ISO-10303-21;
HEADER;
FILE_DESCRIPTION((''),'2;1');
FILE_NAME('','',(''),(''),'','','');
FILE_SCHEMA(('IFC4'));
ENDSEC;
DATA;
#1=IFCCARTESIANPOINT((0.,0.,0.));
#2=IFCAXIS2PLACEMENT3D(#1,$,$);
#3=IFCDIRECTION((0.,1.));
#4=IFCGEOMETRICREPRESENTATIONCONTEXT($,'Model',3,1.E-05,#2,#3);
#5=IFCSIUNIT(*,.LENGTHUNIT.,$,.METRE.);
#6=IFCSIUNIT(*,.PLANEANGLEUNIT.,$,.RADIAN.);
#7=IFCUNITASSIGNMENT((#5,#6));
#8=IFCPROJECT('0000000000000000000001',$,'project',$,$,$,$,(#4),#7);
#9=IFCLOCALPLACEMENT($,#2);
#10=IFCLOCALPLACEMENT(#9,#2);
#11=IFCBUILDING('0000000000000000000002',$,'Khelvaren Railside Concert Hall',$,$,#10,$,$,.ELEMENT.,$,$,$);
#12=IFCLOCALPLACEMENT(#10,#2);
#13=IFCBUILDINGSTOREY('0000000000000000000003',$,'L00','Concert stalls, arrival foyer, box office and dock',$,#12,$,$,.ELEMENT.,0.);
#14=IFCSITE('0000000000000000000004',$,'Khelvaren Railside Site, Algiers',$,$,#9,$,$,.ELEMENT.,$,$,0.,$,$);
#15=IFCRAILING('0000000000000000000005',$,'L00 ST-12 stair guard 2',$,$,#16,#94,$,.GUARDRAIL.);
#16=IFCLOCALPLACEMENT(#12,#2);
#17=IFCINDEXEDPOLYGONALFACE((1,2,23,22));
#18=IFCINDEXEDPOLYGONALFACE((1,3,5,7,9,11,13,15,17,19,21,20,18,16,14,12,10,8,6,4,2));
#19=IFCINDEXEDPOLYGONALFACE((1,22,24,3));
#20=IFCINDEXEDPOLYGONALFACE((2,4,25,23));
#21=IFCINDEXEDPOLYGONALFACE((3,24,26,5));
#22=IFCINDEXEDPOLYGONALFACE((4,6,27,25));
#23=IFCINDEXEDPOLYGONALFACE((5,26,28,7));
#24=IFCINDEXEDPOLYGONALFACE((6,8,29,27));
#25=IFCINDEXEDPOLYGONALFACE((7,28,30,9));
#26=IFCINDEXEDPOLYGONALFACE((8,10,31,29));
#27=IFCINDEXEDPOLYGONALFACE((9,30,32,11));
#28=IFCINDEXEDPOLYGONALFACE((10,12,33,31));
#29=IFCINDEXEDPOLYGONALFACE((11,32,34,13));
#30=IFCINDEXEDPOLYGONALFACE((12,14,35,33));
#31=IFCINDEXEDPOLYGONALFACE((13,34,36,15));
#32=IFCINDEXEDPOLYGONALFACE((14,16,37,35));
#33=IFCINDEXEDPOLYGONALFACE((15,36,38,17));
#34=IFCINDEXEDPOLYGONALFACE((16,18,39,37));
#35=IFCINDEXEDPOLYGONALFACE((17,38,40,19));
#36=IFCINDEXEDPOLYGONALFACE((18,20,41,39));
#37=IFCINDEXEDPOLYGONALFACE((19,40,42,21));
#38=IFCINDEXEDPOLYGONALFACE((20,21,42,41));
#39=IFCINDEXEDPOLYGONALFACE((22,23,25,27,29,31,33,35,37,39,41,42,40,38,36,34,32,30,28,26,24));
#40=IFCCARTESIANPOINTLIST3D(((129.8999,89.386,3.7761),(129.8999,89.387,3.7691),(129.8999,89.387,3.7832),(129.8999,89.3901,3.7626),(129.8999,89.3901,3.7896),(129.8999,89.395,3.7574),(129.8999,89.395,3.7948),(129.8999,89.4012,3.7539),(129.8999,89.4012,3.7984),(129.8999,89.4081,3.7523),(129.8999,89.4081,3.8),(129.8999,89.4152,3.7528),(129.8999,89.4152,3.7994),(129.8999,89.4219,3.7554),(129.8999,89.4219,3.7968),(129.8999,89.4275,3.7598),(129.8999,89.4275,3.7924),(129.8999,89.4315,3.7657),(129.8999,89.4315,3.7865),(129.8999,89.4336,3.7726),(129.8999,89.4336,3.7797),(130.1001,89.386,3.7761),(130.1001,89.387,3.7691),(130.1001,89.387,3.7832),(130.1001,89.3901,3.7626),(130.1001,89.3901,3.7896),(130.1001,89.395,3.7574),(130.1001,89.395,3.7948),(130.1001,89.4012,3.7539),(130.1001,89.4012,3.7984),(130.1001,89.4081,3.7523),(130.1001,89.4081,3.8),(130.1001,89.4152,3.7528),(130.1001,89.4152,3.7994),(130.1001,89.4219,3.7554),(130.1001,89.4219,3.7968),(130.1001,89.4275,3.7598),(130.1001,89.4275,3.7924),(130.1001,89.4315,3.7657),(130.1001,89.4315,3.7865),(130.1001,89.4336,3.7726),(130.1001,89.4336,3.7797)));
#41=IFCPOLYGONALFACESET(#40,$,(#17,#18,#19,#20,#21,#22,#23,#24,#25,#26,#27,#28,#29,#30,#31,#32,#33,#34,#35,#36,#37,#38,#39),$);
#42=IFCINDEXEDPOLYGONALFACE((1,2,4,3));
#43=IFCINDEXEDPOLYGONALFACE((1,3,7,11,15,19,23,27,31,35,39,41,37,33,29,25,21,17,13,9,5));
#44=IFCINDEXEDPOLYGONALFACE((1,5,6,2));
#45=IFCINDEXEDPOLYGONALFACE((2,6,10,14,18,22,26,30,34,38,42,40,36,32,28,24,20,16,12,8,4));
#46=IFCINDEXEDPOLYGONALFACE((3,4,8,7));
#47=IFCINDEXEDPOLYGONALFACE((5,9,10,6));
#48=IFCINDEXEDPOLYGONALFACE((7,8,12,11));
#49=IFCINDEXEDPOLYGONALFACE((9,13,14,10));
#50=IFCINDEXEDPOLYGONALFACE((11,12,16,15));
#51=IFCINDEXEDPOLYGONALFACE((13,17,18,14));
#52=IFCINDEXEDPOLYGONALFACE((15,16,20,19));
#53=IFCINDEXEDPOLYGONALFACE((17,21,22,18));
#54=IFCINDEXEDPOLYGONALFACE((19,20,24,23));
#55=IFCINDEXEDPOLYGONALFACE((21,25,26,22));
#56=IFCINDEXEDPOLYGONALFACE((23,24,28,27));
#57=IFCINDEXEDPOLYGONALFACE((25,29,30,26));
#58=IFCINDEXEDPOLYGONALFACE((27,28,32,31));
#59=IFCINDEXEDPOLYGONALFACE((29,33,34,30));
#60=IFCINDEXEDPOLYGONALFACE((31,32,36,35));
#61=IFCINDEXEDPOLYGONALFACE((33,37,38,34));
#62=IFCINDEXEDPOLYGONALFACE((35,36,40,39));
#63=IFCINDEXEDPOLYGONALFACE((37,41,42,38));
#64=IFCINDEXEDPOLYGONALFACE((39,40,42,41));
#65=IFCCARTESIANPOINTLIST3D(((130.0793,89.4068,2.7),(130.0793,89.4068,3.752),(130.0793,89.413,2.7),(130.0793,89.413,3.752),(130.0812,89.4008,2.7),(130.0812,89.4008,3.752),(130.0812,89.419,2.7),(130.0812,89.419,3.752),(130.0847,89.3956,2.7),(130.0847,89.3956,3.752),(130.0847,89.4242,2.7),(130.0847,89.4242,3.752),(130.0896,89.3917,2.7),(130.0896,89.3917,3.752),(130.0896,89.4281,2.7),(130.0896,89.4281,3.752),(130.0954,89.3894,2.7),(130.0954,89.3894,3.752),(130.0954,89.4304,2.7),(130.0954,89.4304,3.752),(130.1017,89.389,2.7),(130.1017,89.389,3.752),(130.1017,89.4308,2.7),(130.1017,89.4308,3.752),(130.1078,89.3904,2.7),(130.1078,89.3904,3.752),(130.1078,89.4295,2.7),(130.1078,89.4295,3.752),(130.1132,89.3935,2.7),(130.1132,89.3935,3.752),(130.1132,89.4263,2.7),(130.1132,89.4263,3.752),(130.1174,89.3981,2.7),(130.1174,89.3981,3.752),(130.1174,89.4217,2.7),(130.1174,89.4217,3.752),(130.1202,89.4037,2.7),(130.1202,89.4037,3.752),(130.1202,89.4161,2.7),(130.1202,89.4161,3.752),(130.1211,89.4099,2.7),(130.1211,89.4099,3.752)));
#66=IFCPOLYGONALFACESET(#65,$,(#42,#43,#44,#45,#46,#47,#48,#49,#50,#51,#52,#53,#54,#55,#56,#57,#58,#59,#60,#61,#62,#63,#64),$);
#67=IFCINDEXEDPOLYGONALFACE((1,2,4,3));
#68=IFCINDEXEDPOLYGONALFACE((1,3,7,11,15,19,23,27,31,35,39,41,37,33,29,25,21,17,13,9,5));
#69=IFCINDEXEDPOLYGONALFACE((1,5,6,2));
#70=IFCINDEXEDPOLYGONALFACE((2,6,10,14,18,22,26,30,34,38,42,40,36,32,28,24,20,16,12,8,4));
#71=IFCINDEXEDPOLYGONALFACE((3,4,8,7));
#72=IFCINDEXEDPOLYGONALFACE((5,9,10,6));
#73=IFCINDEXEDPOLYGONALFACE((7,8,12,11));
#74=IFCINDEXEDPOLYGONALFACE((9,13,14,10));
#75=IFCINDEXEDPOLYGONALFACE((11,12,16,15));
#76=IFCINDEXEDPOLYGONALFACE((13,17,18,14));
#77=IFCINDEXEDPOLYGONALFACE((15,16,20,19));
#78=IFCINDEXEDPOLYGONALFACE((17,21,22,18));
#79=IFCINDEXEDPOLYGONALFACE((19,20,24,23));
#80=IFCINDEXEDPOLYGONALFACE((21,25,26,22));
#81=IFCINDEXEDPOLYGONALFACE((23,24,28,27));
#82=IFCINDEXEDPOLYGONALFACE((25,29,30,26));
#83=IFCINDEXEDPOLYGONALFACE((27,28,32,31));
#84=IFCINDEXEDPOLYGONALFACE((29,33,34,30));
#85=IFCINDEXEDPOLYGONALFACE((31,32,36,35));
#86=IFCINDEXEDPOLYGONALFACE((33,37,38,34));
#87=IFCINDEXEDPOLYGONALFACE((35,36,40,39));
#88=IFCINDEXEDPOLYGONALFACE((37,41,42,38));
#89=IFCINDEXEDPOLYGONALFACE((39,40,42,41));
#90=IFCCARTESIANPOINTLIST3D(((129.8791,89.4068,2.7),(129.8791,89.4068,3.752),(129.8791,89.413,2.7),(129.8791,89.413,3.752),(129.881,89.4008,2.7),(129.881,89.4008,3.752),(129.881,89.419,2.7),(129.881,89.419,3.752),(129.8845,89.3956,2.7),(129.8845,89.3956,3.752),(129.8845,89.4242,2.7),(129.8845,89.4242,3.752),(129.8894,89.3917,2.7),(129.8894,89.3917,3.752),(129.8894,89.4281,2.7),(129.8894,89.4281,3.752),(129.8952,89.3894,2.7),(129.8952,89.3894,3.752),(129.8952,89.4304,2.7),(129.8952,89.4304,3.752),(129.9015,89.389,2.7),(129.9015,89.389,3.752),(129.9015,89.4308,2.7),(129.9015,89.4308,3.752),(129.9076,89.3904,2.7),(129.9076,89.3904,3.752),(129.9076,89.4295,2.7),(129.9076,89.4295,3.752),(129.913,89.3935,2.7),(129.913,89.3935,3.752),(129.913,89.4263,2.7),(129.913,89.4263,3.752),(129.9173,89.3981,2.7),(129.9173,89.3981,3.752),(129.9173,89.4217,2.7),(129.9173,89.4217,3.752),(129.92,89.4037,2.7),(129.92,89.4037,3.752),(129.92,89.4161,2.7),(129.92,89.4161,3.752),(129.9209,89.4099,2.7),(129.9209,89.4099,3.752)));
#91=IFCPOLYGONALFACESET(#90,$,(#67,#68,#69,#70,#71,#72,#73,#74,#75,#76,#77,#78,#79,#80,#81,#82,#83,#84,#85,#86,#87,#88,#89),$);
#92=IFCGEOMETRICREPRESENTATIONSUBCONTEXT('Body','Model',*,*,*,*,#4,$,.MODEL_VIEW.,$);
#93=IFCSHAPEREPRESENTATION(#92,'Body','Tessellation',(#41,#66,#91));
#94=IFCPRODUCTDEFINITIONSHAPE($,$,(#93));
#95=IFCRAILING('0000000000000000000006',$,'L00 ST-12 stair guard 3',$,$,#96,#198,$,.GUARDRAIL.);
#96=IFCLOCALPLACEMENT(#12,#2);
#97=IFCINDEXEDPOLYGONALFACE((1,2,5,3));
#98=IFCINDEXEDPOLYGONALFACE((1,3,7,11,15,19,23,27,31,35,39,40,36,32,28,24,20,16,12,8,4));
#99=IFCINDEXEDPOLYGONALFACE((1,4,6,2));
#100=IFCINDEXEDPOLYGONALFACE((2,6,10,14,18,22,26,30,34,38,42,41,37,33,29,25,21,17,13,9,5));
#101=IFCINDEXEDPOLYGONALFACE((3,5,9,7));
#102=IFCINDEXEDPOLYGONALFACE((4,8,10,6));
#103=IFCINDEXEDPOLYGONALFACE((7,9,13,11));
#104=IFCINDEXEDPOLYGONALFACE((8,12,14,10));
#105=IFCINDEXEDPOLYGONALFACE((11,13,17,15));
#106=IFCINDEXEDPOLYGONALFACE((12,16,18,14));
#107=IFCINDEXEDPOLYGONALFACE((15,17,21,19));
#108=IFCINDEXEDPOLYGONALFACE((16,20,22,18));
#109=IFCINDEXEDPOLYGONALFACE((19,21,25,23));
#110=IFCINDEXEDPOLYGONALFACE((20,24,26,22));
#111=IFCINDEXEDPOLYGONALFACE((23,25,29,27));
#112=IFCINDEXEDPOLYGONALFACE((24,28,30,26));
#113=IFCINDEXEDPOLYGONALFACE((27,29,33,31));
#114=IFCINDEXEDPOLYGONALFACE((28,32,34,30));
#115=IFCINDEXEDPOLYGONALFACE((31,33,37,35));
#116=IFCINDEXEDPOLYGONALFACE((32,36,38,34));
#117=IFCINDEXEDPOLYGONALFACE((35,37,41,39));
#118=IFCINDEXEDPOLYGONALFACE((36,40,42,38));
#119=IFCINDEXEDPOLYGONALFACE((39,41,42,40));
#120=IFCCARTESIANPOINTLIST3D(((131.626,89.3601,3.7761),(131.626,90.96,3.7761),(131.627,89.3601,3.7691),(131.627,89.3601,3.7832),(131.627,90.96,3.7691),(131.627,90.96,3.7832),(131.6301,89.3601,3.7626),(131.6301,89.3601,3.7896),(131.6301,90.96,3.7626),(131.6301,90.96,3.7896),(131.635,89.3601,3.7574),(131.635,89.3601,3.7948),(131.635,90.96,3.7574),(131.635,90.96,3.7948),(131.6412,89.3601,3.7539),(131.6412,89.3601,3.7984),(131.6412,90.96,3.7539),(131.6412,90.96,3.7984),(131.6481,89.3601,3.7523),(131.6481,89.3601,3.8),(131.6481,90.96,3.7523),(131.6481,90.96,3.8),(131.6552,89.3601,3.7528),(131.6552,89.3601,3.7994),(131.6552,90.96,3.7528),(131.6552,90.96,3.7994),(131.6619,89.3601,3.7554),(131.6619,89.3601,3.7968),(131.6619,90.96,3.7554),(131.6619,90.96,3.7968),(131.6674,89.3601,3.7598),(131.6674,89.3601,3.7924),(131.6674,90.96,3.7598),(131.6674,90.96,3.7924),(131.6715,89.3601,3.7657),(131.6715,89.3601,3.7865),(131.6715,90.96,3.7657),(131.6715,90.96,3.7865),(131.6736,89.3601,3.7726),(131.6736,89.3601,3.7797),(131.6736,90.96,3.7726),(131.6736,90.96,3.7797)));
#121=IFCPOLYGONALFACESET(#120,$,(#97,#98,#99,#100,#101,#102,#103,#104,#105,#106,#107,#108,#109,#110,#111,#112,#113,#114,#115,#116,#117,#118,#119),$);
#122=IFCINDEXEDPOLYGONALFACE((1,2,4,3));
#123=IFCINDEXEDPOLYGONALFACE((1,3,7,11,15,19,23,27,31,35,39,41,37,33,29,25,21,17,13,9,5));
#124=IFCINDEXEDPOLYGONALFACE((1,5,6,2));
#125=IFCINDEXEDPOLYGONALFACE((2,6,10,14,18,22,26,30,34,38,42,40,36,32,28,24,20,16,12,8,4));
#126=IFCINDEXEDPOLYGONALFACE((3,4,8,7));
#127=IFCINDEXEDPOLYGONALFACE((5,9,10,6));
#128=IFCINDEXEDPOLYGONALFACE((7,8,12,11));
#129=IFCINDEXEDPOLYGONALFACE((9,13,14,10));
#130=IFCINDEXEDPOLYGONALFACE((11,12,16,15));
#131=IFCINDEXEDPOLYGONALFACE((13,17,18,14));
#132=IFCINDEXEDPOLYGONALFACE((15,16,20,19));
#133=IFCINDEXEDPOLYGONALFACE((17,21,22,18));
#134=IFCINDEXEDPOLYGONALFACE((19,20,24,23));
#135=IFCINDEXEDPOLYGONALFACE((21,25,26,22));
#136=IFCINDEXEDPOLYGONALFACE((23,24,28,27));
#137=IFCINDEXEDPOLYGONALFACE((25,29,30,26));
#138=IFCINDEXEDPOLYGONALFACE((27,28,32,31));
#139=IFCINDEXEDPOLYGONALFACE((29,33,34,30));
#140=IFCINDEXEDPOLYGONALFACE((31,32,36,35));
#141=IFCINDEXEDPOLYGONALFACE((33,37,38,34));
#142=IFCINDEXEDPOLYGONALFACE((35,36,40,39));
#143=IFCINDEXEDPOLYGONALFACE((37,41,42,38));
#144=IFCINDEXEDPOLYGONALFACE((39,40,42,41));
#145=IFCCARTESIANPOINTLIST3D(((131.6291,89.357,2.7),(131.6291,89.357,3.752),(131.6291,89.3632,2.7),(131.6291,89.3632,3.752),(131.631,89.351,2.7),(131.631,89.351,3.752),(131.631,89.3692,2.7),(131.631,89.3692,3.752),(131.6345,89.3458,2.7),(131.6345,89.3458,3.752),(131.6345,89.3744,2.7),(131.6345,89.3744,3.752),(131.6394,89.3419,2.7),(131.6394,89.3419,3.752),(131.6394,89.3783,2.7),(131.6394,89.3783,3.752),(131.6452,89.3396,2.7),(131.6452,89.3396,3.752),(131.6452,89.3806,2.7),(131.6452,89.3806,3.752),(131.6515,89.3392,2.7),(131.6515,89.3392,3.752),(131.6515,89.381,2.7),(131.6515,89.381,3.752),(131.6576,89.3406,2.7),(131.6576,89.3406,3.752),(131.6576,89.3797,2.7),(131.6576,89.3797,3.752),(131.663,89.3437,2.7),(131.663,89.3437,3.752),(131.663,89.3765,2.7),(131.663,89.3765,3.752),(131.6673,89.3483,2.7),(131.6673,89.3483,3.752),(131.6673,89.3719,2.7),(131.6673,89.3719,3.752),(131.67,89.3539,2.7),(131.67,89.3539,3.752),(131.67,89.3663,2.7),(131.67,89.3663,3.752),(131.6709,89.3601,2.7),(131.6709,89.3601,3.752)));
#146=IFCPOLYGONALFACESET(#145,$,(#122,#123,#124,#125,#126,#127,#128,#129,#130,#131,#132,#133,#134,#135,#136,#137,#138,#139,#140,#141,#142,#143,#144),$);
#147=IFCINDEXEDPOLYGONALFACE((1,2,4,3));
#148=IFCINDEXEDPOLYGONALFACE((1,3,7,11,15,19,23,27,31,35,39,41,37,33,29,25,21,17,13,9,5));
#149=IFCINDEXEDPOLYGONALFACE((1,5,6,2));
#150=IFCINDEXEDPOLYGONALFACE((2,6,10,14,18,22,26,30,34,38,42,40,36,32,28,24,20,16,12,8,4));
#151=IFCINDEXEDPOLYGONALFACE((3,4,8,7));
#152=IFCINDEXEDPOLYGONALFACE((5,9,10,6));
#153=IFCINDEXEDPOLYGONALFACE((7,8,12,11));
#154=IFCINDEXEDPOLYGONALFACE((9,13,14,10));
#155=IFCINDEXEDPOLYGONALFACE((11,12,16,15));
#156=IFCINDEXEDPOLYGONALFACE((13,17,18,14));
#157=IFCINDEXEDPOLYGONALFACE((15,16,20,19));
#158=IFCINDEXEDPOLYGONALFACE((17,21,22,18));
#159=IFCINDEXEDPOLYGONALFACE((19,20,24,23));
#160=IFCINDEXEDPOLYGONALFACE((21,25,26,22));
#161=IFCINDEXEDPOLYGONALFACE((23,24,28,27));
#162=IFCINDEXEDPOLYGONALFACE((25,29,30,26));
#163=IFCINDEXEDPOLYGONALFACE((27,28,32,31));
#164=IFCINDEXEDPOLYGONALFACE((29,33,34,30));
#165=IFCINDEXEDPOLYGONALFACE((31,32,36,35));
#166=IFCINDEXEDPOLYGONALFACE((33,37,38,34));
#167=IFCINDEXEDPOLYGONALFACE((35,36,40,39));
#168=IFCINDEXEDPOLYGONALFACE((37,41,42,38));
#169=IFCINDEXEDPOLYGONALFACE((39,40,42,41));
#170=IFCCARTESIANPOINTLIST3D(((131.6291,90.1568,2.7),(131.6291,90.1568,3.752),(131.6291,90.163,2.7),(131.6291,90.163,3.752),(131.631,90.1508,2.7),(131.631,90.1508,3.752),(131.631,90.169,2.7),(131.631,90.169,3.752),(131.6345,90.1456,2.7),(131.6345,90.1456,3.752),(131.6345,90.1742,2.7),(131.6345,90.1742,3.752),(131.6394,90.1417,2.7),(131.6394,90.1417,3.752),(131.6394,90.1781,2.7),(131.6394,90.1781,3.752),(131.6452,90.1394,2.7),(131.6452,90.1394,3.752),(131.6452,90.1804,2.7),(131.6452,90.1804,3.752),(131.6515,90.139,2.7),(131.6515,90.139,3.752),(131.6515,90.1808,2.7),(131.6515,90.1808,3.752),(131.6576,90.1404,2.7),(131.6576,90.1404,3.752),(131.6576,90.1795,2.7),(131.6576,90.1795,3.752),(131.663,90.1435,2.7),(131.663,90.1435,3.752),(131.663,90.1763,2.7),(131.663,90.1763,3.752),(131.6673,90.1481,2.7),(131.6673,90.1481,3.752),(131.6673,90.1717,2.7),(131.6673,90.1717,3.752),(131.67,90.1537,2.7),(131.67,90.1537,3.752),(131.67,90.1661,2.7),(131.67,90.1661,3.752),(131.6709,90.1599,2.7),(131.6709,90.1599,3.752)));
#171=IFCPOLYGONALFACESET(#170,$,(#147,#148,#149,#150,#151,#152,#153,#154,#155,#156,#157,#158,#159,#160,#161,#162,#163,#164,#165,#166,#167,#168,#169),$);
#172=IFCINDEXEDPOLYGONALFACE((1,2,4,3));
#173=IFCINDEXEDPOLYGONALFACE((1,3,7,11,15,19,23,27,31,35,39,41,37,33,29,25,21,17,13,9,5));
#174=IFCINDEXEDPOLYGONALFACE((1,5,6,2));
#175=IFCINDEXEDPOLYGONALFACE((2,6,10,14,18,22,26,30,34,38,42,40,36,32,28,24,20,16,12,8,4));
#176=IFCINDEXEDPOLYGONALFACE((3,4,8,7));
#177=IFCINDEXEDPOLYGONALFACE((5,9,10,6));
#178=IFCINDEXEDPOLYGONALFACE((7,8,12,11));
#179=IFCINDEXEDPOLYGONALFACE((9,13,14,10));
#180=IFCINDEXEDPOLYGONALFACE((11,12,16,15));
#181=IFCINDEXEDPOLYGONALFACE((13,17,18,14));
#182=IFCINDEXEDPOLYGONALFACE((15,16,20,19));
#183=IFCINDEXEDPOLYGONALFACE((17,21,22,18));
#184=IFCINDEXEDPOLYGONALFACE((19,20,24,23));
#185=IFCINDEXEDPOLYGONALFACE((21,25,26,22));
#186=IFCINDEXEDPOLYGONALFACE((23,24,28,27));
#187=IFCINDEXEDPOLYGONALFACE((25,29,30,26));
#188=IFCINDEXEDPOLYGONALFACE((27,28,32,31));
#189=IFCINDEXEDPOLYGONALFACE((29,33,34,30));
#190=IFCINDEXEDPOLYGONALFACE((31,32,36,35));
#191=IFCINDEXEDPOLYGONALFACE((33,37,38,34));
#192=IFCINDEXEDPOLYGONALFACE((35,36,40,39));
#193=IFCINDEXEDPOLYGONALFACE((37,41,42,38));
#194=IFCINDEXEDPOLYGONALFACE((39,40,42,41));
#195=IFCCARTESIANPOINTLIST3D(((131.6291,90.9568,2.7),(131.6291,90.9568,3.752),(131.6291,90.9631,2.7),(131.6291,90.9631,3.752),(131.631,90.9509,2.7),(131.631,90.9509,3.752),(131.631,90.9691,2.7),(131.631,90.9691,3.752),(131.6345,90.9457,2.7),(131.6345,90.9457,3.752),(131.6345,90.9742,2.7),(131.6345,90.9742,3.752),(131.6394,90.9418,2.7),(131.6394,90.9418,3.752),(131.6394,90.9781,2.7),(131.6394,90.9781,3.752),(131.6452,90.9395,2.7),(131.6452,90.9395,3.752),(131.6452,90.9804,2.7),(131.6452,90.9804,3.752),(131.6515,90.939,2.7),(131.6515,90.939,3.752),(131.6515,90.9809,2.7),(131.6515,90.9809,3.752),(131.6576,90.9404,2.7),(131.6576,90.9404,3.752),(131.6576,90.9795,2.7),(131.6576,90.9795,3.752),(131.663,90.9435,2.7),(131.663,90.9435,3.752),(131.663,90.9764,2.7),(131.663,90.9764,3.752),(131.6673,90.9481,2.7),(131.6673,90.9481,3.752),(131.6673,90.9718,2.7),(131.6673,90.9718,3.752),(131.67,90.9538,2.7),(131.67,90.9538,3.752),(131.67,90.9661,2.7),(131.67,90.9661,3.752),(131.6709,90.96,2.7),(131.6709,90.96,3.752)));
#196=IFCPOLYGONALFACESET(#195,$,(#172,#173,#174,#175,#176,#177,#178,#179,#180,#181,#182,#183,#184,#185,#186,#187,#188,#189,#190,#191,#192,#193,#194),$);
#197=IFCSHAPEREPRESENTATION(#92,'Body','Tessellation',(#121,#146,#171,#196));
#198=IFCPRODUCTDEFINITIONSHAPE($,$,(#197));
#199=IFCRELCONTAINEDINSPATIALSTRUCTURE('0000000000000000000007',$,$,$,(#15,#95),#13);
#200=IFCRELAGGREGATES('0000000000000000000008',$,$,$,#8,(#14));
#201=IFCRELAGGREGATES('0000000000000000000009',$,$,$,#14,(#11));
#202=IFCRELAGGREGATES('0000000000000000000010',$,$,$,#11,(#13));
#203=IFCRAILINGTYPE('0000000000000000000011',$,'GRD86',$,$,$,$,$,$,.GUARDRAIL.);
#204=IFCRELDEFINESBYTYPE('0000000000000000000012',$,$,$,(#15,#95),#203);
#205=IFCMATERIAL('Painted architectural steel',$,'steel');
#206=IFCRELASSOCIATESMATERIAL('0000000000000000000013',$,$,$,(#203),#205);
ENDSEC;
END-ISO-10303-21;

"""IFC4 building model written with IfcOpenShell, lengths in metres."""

from ifc_helpers import new_model, si_unit, direction, frame, origin, origin_2d, place, context, subcontext, project, spatial, circle, extrude, material, type_object, element, save


model = new_model("IFC4")

# Units and contexts
model_context = context("Model", 3, precision=1e-05, world=origin(), true_north=direction((0.0, 1.0)))
body_context = subcontext(model_context, "Body", "Model", "MODEL_VIEW")
ifc_project = project(units=[si_unit("LENGTHUNIT", "METRE"), si_unit("PLANEANGLEUNIT", "RADIAN")], contexts=[model_context])

# Site, building, storey
site_placement = place(None, origin())
site = spatial("IfcSite", under=ifc_project, at=site_placement, Name="Khelvaren Railside Site, Algiers", CompositionType="ELEMENT", RefElevation=0.0)
building_placement = place(site_placement, origin())
building = spatial("IfcBuilding", under=site, at=building_placement, Name="Khelvaren Railside Concert Hall", CompositionType="ELEMENT")
storey_placement = place(building_placement, origin())
storey = spatial("IfcBuildingStorey", under=building, at=storey_placement, Name="L00", Description="Concert stalls, arrival foyer, box office and dock", CompositionType="ELEMENT", Elevation=0.0)

# Railings
ifc_material_1 = material(Name="Painted architectural steel", Category="steel")
railing_type_1 = type_object("IfcRailingType", Name="GRD86", PredefinedType="GUARDRAIL", material=ifc_material_1)
railing_1_placement = place(storey_placement, frame((130.1001, 89.4099, 2.7)))
element("IfcRailing", 1, at=railing_1_placement, inside=storey, type_object=railing_type_1, Name="L00 ST-12 stair guard 2", PredefinedType="GUARDRAIL", context=body_context, shape_type="SweptSolid", body=[
    extrude(circle(Radius=0.0239, at=origin_2d()), frame((0.0, 0.0, 1.0762), z_axis=(-1.0, 0.0, 0.0), x_axis=(0.0, -1.0, 0.0)), (0.0, 0.0, 1.0), 0.2002),
    extrude(circle(Radius=0.021, at=origin_2d()), origin(), (0.0, 0.0, 1.0), 1.052),
    extrude(circle(Radius=0.021, at=origin_2d()), frame((-0.2002, 0.0, 0.0)), (0.0, 0.0, 1.0), 1.052),
])
railing_2_placement = place(storey_placement, frame((131.6499, 89.3601, 2.7)))
element("IfcRailing", 2, at=railing_2_placement, inside=storey, type_object=railing_type_1, Name="L00 ST-12 stair guard 3", PredefinedType="GUARDRAIL", context=body_context, shape_type="SweptSolid", body=[
    extrude(circle(Radius=0.0239, at=origin_2d()), frame((0.0, 0.0, 1.0762), z_axis=(0.0, 1.0, 0.0), x_axis=(-1.0, 0.0, 0.0)), (0.0, 0.0, 1.0), 1.5999),
    extrude(circle(Radius=0.021, at=origin_2d()), origin(), (0.0, 0.0, 1.0), 1.052),
    extrude(circle(Radius=0.021, at=origin_2d()), frame((0.0, 0.7998, 0.0)), (0.0, 0.0, 1.0), 1.052),
    extrude(circle(Radius=0.021, at=origin_2d()), frame((0.0, 1.5999, 0.0)), (0.0, 0.0, 1.0), 1.052),
])

save(model, "model.ifc")
